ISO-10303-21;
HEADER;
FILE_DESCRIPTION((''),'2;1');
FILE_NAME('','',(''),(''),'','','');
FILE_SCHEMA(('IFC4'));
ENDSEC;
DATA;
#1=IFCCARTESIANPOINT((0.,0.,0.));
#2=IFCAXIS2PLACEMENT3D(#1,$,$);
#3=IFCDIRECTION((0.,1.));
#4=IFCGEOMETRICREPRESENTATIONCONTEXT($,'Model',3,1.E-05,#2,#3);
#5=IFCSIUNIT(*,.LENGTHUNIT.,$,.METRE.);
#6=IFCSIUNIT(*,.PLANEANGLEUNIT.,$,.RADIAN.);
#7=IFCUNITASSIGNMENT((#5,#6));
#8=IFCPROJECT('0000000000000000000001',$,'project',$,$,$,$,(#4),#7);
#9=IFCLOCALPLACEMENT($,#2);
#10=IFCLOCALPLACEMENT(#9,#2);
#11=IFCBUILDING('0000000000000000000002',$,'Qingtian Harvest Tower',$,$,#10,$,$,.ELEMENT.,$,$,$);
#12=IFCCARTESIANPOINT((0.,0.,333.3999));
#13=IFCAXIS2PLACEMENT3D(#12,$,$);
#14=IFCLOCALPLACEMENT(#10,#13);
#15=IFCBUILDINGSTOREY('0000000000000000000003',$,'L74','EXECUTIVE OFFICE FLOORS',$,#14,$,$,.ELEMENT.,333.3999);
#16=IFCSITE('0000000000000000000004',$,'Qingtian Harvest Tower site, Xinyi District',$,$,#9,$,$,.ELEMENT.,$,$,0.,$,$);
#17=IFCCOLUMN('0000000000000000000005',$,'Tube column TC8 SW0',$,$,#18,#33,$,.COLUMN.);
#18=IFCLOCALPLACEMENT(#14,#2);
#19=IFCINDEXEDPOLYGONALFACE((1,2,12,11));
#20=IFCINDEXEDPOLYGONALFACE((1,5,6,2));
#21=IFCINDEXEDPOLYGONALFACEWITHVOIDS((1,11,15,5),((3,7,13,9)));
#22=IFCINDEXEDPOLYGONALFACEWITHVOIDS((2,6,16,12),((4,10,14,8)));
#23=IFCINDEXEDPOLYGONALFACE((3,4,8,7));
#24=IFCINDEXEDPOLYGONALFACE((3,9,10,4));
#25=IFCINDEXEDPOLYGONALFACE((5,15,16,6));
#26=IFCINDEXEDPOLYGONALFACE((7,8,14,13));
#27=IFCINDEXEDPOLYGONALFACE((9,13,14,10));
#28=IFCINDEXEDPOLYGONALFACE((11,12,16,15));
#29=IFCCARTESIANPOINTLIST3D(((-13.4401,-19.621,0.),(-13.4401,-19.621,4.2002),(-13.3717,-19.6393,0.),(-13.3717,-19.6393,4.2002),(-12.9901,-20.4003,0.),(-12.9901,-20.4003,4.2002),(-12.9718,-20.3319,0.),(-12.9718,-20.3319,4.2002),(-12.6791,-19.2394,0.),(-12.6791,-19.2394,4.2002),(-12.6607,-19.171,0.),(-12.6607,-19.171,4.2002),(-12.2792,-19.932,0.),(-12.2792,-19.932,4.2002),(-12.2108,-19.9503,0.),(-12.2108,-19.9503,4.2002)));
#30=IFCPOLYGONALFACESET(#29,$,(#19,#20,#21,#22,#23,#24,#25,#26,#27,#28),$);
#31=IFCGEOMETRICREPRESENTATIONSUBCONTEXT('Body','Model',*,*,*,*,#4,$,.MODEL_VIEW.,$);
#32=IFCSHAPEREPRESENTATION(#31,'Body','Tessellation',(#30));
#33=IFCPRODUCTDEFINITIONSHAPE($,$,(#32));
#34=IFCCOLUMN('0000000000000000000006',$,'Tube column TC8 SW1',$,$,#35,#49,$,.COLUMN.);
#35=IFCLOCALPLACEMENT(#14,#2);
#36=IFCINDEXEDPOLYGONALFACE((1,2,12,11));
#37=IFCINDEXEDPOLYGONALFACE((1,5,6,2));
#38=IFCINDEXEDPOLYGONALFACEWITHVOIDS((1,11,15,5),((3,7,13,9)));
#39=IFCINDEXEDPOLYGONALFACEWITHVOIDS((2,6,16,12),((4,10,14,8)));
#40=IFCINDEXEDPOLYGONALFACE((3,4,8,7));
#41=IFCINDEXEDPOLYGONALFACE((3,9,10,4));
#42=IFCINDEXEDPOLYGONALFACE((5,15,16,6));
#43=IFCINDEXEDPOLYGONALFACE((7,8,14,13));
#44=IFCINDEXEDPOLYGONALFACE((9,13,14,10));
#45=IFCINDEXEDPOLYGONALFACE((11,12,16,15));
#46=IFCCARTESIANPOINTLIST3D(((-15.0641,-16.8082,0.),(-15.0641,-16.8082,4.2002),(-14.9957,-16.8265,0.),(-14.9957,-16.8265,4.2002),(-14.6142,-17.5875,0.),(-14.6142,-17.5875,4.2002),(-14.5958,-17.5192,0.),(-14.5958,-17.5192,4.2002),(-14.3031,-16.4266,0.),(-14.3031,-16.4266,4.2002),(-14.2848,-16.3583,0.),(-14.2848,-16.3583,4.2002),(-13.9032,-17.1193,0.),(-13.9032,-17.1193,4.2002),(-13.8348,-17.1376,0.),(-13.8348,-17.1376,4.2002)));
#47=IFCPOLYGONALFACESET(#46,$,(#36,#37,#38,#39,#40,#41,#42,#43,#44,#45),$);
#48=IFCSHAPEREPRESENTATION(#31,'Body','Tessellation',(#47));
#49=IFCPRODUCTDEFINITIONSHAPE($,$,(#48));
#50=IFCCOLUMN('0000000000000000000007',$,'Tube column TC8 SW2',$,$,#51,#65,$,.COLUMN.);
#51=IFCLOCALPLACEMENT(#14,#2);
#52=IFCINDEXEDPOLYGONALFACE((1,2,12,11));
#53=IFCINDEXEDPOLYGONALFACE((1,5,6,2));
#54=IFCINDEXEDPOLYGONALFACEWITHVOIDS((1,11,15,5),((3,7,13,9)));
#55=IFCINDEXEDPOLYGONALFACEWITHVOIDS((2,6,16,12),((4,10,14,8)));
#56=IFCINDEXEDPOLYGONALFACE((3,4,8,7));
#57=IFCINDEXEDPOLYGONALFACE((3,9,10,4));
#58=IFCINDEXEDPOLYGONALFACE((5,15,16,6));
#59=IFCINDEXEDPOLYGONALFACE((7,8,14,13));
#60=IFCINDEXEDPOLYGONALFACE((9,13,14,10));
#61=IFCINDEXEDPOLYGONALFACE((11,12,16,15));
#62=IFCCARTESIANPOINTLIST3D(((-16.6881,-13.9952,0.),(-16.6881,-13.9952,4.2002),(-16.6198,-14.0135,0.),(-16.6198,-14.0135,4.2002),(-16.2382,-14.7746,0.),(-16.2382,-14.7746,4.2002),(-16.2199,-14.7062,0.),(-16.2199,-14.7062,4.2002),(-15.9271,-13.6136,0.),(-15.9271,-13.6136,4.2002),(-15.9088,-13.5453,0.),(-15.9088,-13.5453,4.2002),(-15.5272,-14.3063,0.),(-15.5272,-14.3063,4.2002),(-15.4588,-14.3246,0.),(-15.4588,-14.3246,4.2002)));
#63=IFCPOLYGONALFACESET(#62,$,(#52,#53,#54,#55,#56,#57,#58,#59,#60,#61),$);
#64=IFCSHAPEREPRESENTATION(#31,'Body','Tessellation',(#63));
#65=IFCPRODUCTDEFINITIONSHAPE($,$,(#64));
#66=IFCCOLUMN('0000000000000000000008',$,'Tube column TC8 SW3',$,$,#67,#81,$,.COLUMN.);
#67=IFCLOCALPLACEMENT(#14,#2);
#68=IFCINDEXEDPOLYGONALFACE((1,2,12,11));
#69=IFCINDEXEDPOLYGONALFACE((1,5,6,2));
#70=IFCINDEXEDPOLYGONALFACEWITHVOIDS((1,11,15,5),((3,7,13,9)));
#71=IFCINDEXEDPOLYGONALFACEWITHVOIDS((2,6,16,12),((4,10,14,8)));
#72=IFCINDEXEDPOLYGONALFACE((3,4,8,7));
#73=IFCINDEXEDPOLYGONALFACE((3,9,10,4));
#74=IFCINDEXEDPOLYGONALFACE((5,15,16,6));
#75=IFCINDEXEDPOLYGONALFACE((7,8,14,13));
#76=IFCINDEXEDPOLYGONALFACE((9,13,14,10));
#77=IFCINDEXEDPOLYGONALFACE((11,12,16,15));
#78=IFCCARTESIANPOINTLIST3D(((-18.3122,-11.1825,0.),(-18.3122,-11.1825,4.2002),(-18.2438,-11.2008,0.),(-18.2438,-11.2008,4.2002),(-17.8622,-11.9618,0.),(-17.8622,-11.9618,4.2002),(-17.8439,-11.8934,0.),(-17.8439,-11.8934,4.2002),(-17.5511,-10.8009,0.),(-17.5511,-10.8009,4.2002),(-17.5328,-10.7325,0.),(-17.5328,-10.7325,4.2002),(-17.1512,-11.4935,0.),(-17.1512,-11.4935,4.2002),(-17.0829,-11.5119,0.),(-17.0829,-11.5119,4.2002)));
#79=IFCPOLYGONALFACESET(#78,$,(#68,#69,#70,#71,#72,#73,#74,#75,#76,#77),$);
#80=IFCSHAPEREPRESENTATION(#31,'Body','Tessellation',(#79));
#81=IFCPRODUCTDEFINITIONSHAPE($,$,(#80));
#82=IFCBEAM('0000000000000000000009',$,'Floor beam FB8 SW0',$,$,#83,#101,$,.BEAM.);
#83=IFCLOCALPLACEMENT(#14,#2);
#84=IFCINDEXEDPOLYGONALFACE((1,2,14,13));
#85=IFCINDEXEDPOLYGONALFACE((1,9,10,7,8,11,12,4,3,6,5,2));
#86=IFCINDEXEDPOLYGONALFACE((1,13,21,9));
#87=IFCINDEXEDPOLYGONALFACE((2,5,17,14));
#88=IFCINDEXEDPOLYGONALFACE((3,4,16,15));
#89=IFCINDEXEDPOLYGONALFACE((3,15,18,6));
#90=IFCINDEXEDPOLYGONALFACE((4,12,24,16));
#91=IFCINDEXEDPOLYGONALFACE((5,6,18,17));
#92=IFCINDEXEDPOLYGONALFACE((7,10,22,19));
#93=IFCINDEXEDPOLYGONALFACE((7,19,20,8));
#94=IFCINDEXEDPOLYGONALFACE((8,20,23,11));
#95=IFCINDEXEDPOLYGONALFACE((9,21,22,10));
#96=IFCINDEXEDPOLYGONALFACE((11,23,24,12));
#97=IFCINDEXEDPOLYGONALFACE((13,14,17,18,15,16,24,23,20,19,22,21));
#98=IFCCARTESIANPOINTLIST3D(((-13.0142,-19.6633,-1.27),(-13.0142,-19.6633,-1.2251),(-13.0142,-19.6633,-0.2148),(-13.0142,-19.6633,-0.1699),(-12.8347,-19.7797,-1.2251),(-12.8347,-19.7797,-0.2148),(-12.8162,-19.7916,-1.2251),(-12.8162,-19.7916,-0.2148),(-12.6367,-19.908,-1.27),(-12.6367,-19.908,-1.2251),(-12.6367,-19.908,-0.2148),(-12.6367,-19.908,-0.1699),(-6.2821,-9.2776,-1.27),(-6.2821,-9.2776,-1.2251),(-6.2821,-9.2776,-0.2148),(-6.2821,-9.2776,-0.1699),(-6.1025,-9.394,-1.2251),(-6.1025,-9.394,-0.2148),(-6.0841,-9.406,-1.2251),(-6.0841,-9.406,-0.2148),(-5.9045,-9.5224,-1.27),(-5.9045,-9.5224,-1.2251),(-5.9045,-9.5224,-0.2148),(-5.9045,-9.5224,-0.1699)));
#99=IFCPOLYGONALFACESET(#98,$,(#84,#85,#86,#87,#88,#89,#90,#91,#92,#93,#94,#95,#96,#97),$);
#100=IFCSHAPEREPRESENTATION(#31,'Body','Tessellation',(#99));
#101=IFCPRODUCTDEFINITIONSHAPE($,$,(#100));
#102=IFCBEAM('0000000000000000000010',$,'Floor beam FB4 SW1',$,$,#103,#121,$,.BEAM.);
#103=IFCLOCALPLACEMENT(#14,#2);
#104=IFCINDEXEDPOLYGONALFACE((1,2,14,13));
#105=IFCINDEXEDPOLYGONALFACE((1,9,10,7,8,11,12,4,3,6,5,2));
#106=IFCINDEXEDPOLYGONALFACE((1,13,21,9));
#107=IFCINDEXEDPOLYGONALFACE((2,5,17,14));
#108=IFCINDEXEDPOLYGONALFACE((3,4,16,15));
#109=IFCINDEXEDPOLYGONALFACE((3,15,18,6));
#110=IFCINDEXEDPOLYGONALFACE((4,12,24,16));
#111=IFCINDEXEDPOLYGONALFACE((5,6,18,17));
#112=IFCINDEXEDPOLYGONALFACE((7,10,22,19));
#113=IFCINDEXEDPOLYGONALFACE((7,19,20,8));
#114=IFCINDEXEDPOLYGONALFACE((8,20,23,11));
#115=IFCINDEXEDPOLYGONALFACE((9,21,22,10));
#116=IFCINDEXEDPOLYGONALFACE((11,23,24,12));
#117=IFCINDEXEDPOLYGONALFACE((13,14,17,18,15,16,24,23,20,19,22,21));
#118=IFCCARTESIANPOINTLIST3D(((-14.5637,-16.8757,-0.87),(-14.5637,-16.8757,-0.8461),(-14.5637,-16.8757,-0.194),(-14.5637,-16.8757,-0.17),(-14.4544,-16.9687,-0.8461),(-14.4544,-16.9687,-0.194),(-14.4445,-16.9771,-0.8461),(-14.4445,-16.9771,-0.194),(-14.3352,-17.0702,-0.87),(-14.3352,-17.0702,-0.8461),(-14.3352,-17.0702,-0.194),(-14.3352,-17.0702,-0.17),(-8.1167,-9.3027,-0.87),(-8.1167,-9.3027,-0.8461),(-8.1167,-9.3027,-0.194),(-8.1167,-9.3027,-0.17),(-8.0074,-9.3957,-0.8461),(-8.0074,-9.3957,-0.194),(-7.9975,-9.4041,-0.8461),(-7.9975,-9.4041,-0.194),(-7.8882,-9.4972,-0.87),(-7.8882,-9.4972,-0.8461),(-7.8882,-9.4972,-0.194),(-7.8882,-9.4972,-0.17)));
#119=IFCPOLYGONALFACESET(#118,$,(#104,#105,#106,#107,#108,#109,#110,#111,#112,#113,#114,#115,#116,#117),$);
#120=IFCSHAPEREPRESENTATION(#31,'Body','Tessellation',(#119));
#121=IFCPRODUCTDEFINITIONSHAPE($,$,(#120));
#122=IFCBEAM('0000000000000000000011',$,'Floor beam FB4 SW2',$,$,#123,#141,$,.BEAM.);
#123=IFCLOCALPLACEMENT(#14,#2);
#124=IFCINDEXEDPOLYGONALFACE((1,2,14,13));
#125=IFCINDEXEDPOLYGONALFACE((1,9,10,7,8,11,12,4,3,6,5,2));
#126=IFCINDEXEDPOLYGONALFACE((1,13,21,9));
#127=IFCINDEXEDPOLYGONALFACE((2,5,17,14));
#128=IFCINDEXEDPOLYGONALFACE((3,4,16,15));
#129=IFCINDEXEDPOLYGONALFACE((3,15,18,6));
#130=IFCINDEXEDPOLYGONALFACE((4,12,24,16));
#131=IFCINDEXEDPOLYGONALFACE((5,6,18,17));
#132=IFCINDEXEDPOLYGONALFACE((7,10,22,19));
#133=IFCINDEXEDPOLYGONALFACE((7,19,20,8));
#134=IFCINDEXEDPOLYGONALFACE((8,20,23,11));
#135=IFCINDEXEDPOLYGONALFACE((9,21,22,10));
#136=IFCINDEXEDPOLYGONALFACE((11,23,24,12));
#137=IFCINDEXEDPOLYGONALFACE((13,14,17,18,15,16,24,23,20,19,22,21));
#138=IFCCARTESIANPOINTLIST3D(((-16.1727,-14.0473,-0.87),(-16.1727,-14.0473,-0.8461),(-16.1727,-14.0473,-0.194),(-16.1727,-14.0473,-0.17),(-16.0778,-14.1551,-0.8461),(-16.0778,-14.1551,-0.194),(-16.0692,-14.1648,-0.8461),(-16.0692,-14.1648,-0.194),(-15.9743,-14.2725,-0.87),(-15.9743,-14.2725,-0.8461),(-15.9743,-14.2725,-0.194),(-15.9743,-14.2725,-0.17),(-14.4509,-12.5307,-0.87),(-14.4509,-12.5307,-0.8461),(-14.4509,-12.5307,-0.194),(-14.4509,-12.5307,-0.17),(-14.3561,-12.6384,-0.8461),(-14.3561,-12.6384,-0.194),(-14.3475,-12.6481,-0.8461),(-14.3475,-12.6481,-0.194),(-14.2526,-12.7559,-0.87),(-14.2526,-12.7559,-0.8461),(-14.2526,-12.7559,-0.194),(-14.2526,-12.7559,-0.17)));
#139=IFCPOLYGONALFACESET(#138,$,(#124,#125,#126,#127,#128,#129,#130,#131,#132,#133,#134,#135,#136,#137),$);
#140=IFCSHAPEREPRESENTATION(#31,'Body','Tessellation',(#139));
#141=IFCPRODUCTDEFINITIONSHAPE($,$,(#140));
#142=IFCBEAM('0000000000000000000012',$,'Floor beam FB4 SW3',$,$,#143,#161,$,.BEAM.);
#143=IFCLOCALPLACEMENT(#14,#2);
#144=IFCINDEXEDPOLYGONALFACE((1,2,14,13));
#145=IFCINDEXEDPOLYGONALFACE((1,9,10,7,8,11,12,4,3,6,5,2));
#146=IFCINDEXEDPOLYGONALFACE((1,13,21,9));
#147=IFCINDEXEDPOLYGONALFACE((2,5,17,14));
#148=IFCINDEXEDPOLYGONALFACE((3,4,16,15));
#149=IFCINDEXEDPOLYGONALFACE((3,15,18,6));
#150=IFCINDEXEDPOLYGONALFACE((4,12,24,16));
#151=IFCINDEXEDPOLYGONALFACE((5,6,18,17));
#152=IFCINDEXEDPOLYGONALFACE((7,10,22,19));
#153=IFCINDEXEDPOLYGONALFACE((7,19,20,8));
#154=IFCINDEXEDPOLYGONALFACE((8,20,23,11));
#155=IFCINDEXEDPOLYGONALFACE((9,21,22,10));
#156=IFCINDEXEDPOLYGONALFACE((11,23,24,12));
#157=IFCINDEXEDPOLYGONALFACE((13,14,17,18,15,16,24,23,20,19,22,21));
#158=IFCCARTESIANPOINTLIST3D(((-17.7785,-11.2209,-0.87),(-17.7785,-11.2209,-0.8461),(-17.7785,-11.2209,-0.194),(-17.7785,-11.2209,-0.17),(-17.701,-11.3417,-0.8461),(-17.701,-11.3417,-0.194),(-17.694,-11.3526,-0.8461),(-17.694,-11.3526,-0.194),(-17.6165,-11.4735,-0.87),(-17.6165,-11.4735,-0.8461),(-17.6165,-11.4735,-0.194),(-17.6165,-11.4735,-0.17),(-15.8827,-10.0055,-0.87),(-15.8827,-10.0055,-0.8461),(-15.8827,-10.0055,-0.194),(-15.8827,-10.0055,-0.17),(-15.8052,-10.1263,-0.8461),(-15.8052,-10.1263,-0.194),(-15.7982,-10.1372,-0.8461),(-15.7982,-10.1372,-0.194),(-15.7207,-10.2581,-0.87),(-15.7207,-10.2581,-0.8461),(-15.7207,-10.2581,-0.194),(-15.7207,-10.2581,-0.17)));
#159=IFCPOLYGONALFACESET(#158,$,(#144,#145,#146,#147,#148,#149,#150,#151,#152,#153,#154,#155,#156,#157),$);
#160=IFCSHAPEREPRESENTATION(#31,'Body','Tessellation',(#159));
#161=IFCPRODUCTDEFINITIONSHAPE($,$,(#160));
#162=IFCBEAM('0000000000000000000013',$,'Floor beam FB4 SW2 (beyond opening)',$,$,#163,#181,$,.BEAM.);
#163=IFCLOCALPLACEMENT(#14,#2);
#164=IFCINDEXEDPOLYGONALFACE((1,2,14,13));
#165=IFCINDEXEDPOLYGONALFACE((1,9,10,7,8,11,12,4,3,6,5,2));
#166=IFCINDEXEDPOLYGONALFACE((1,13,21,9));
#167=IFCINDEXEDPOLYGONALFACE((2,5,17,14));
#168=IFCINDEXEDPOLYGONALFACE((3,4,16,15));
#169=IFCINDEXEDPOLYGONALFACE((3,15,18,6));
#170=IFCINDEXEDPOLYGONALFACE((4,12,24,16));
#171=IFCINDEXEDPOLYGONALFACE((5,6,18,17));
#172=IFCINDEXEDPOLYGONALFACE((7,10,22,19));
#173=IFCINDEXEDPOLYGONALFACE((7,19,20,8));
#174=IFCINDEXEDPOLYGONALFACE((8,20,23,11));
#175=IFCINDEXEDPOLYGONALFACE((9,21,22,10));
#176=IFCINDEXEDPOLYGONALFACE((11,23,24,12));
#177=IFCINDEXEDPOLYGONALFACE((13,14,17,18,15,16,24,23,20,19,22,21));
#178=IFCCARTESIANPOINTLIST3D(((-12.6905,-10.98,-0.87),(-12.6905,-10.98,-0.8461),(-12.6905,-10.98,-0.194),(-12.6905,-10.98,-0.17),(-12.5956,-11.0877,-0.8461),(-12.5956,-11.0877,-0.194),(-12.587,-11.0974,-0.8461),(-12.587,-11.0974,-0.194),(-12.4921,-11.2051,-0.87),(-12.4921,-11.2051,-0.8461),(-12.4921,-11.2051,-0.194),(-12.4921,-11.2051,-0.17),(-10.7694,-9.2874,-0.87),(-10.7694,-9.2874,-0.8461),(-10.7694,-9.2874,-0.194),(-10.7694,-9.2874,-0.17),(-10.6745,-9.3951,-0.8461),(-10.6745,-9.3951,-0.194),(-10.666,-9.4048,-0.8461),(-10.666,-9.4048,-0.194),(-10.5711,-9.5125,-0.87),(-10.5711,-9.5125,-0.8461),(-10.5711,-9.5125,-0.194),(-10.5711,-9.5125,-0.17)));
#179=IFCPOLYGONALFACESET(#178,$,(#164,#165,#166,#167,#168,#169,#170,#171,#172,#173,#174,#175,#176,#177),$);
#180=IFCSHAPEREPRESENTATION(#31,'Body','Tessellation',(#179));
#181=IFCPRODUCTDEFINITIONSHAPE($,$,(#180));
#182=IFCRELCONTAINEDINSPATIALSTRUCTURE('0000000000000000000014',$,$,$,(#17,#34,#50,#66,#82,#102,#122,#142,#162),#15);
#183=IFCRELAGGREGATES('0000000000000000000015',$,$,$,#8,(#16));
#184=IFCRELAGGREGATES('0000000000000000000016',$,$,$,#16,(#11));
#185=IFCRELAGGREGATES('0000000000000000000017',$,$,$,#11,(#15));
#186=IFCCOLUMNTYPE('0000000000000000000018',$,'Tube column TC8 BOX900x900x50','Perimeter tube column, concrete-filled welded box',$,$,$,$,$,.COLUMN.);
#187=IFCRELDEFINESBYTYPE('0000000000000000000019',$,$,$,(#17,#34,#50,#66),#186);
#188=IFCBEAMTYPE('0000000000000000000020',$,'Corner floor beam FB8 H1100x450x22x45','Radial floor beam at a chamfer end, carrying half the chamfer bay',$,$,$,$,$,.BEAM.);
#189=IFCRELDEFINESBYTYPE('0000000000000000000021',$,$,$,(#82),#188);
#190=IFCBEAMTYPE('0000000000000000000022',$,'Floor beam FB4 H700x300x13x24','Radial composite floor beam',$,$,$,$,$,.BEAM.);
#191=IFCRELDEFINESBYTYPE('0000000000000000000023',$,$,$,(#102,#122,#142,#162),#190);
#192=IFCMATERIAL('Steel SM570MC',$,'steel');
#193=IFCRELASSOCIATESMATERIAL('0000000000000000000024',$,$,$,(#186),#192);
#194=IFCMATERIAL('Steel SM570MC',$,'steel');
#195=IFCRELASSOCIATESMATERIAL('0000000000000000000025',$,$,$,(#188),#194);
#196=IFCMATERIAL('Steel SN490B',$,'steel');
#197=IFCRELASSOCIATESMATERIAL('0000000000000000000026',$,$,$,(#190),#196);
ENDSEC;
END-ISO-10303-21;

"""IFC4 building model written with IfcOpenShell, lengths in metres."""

from ifc_helpers import new_model, si_unit, direction, frame, origin, origin_2d, place, context, subcontext, project, spatial, hollow_rectangle, i_section, extrude, material, material_profile, profile_set, type_object, element, save


model = new_model("IFC4")

# Units and contexts
model_context = context("Model", 3, precision=1e-05, world=origin(), true_north=direction((0.0, 1.0)))
body_context = subcontext(model_context, "Body", "Model", "MODEL_VIEW")
ifc_project = project(units=[si_unit("LENGTHUNIT", "METRE"), si_unit("PLANEANGLEUNIT", "RADIAN")], contexts=[model_context])

# Site, building, storey
site_placement = place(None, origin())
site = spatial("IfcSite", under=ifc_project, at=site_placement, Name="Qingtian Harvest Tower site, Xinyi District", CompositionType="ELEMENT", RefElevation=0.0)
building_placement = place(site_placement, origin())
building = spatial("IfcBuilding", under=site, at=building_placement, Name="Qingtian Harvest Tower", CompositionType="ELEMENT")
storey_placement = place(building_placement, frame((0.0, 0.0, 333.3999)))
storey = spatial("IfcBuildingStorey", under=building, at=storey_placement, Name="L74", Description="EXECUTIVE OFFICE FLOORS", CompositionType="ELEMENT", Elevation=333.3999)

# Columns
ifc_material_1 = material(Name="Steel SM570MC", Category="steel")
ifc_material_profile_1 = material_profile(ifc_material_1, hollow_rectangle(XDim=0.8999, YDim=0.8999, WallThickness=0.05, at=origin_2d()), Name="BOX900x900x50")
ifc_profile_set_1 = profile_set([ifc_material_profile_1], Name="Steel SM570MC")
column_type = type_object("IfcColumnType", Name="Tube column TC8 BOX900x900x50", Description="Perimeter tube column, concrete-filled welded box", PredefinedType="COLUMN", material=ifc_profile_set_1)
for number, where, z_axis, x_axis, name in (
    (1, (-12.8254, -19.7856, 0.0), (0.0, 0.0, 1.0), (0.5, -0.866025, 0.0), "Tube column TC8 SW0"),
    (2, (-14.4495, -16.9729, 0.0), (0.0, 0.0, 1.0), (0.5, -0.866025, 0.0), "Tube column TC8 SW1"),
    (3, (-16.0735, -14.1599, 0.0), (0.0, 0.0, 1.0), (0.5, -0.866025, 0.0), "Tube column TC8 SW2"),
    (4, (-17.6975, -11.3472, 0.0), (0.0, 0.0, 1.0), (0.5, -0.866025, 0.0), "Tube column TC8 SW3"),
):
    element("IfcColumn", number, at=place(storey_placement, frame(where, z_axis=z_axis, x_axis=x_axis)), inside=storey, type_object=column_type, Name=name, PredefinedType="COLUMN", context=body_context, shape_type="SweptSolid", body=[
        extrude(hollow_rectangle(XDim=0.8999, YDim=0.8999, WallThickness=0.05, at=origin_2d()), origin(), (0.0, 0.0, 1.0), 4.2002),
    ])

# Beams
ifc_material_2 = material(Name="Steel SM570MC", Category="steel")
ifc_material_profile_2 = material_profile(ifc_material_2, i_section(OverallWidth=0.45, OverallDepth=1.1001, WebThickness=0.022, FlangeThickness=0.0449, at=origin_2d()), Name="H1100x450x22x45")
ifc_profile_set_2 = profile_set([ifc_material_profile_2], Name="Steel SM570MC")
beam_type_1 = type_object("IfcBeamType", Name="Corner floor beam FB8 H1100x450x22x45", Description="Radial floor beam at a chamfer end, carrying half the chamfer bay", PredefinedType="BEAM", material=ifc_profile_set_2)
beam_1_placement = place(storey_placement, frame((-12.8254, -19.7856, -0.72), z_axis=(0.543934, 0.839128, 0.0), x_axis=(-0.839128, 0.543934, 0.0)))
element("IfcBeam", 5, at=beam_1_placement, inside=storey, type_object=beam_type_1, Name="Floor beam FB8 SW0", PredefinedType="BEAM", context=body_context, shape_type="SweptSolid", body=[
    extrude(i_section(OverallWidth=0.45, OverallDepth=1.1001, WebThickness=0.022, FlangeThickness=0.0449, at=origin_2d()), origin(), (0.0, 0.0, 1.0), 12.3767),
])
ifc_material_3 = material(Name="Steel SN490B", Category="steel")
ifc_material_profile_3 = material_profile(ifc_material_3, i_section(OverallWidth=0.3, OverallDepth=0.7, WebThickness=0.0129, FlangeThickness=0.0239, at=origin_2d()), Name="H700x300x13x24")
ifc_profile_set_3 = profile_set([ifc_material_profile_3], Name="Steel SN490B")
beam_type_2 = type_object("IfcBeamType", Name="Floor beam FB4 H700x300x13x24", Description="Radial composite floor beam", PredefinedType="BEAM", material=ifc_profile_set_3)
beam_2_placement = place(storey_placement, frame((-14.4495, -16.9729, -0.52), z_axis=(0.64823, 0.761444, 0.0), x_axis=(-0.761444, 0.64823, 0.0)))
element("IfcBeam", 6, at=beam_2_placement, inside=storey, type_object=beam_type_2, Name="Floor beam FB4 SW1", PredefinedType="BEAM", context=body_context, shape_type="SweptSolid", body=[
    extrude(i_section(OverallWidth=0.3, OverallDepth=0.7, WebThickness=0.0129, FlangeThickness=0.0239, at=origin_2d()), origin(), (0.0, 0.0, 1.0), 9.9456),
])
beam_3_placement = place(storey_placement, frame((-16.0735, -14.1599, -0.52), z_axis=(0.750384, 0.661002, 0.0), x_axis=(-0.661002, 0.750384, 0.0)))
element("IfcBeam", 7, at=beam_3_placement, inside=storey, type_object=beam_type_2, Name="Floor beam FB4 SW2", PredefinedType="BEAM", context=body_context, shape_type="SweptSolid", body=[
    extrude(i_section(OverallWidth=0.3, OverallDepth=0.7, WebThickness=0.0129, FlangeThickness=0.0239, at=origin_2d()), origin(), (0.0, 0.0, 1.0), 2.2944),
])
beam_4_placement = place(storey_placement, frame((-17.6975, -11.3472, -0.52), z_axis=(0.841858, 0.5397, 0.0), x_axis=(-0.5397, 0.841858, 0.0)))
element("IfcBeam", 8, at=beam_4_placement, inside=storey, type_object=beam_type_2, Name="Floor beam FB4 SW3", PredefinedType="BEAM", context=body_context, shape_type="SweptSolid", body=[
    extrude(i_section(OverallWidth=0.3, OverallDepth=0.7, WebThickness=0.0129, FlangeThickness=0.0239, at=origin_2d()), origin(), (0.0, 0.0, 1.0), 2.252),
])
beam_5_placement = place(storey_placement, frame((-12.5913, -11.0925, -0.52), z_axis=(0.750322, 0.661073, 0.0), x_axis=(-0.661073, 0.750322, 0.0)))
element("IfcBeam", 9, at=beam_5_placement, inside=storey, type_object=beam_type_2, Name="Floor beam FB4 SW2 (beyond opening)", PredefinedType="BEAM", context=body_context, shape_type="SweptSolid", body=[
    extrude(i_section(OverallWidth=0.3, OverallDepth=0.7, WebThickness=0.0129, FlangeThickness=0.0239, at=origin_2d()), origin(), (0.0, 0.0, 1.0), 2.5603),
])

save(model, "model.ifc")
